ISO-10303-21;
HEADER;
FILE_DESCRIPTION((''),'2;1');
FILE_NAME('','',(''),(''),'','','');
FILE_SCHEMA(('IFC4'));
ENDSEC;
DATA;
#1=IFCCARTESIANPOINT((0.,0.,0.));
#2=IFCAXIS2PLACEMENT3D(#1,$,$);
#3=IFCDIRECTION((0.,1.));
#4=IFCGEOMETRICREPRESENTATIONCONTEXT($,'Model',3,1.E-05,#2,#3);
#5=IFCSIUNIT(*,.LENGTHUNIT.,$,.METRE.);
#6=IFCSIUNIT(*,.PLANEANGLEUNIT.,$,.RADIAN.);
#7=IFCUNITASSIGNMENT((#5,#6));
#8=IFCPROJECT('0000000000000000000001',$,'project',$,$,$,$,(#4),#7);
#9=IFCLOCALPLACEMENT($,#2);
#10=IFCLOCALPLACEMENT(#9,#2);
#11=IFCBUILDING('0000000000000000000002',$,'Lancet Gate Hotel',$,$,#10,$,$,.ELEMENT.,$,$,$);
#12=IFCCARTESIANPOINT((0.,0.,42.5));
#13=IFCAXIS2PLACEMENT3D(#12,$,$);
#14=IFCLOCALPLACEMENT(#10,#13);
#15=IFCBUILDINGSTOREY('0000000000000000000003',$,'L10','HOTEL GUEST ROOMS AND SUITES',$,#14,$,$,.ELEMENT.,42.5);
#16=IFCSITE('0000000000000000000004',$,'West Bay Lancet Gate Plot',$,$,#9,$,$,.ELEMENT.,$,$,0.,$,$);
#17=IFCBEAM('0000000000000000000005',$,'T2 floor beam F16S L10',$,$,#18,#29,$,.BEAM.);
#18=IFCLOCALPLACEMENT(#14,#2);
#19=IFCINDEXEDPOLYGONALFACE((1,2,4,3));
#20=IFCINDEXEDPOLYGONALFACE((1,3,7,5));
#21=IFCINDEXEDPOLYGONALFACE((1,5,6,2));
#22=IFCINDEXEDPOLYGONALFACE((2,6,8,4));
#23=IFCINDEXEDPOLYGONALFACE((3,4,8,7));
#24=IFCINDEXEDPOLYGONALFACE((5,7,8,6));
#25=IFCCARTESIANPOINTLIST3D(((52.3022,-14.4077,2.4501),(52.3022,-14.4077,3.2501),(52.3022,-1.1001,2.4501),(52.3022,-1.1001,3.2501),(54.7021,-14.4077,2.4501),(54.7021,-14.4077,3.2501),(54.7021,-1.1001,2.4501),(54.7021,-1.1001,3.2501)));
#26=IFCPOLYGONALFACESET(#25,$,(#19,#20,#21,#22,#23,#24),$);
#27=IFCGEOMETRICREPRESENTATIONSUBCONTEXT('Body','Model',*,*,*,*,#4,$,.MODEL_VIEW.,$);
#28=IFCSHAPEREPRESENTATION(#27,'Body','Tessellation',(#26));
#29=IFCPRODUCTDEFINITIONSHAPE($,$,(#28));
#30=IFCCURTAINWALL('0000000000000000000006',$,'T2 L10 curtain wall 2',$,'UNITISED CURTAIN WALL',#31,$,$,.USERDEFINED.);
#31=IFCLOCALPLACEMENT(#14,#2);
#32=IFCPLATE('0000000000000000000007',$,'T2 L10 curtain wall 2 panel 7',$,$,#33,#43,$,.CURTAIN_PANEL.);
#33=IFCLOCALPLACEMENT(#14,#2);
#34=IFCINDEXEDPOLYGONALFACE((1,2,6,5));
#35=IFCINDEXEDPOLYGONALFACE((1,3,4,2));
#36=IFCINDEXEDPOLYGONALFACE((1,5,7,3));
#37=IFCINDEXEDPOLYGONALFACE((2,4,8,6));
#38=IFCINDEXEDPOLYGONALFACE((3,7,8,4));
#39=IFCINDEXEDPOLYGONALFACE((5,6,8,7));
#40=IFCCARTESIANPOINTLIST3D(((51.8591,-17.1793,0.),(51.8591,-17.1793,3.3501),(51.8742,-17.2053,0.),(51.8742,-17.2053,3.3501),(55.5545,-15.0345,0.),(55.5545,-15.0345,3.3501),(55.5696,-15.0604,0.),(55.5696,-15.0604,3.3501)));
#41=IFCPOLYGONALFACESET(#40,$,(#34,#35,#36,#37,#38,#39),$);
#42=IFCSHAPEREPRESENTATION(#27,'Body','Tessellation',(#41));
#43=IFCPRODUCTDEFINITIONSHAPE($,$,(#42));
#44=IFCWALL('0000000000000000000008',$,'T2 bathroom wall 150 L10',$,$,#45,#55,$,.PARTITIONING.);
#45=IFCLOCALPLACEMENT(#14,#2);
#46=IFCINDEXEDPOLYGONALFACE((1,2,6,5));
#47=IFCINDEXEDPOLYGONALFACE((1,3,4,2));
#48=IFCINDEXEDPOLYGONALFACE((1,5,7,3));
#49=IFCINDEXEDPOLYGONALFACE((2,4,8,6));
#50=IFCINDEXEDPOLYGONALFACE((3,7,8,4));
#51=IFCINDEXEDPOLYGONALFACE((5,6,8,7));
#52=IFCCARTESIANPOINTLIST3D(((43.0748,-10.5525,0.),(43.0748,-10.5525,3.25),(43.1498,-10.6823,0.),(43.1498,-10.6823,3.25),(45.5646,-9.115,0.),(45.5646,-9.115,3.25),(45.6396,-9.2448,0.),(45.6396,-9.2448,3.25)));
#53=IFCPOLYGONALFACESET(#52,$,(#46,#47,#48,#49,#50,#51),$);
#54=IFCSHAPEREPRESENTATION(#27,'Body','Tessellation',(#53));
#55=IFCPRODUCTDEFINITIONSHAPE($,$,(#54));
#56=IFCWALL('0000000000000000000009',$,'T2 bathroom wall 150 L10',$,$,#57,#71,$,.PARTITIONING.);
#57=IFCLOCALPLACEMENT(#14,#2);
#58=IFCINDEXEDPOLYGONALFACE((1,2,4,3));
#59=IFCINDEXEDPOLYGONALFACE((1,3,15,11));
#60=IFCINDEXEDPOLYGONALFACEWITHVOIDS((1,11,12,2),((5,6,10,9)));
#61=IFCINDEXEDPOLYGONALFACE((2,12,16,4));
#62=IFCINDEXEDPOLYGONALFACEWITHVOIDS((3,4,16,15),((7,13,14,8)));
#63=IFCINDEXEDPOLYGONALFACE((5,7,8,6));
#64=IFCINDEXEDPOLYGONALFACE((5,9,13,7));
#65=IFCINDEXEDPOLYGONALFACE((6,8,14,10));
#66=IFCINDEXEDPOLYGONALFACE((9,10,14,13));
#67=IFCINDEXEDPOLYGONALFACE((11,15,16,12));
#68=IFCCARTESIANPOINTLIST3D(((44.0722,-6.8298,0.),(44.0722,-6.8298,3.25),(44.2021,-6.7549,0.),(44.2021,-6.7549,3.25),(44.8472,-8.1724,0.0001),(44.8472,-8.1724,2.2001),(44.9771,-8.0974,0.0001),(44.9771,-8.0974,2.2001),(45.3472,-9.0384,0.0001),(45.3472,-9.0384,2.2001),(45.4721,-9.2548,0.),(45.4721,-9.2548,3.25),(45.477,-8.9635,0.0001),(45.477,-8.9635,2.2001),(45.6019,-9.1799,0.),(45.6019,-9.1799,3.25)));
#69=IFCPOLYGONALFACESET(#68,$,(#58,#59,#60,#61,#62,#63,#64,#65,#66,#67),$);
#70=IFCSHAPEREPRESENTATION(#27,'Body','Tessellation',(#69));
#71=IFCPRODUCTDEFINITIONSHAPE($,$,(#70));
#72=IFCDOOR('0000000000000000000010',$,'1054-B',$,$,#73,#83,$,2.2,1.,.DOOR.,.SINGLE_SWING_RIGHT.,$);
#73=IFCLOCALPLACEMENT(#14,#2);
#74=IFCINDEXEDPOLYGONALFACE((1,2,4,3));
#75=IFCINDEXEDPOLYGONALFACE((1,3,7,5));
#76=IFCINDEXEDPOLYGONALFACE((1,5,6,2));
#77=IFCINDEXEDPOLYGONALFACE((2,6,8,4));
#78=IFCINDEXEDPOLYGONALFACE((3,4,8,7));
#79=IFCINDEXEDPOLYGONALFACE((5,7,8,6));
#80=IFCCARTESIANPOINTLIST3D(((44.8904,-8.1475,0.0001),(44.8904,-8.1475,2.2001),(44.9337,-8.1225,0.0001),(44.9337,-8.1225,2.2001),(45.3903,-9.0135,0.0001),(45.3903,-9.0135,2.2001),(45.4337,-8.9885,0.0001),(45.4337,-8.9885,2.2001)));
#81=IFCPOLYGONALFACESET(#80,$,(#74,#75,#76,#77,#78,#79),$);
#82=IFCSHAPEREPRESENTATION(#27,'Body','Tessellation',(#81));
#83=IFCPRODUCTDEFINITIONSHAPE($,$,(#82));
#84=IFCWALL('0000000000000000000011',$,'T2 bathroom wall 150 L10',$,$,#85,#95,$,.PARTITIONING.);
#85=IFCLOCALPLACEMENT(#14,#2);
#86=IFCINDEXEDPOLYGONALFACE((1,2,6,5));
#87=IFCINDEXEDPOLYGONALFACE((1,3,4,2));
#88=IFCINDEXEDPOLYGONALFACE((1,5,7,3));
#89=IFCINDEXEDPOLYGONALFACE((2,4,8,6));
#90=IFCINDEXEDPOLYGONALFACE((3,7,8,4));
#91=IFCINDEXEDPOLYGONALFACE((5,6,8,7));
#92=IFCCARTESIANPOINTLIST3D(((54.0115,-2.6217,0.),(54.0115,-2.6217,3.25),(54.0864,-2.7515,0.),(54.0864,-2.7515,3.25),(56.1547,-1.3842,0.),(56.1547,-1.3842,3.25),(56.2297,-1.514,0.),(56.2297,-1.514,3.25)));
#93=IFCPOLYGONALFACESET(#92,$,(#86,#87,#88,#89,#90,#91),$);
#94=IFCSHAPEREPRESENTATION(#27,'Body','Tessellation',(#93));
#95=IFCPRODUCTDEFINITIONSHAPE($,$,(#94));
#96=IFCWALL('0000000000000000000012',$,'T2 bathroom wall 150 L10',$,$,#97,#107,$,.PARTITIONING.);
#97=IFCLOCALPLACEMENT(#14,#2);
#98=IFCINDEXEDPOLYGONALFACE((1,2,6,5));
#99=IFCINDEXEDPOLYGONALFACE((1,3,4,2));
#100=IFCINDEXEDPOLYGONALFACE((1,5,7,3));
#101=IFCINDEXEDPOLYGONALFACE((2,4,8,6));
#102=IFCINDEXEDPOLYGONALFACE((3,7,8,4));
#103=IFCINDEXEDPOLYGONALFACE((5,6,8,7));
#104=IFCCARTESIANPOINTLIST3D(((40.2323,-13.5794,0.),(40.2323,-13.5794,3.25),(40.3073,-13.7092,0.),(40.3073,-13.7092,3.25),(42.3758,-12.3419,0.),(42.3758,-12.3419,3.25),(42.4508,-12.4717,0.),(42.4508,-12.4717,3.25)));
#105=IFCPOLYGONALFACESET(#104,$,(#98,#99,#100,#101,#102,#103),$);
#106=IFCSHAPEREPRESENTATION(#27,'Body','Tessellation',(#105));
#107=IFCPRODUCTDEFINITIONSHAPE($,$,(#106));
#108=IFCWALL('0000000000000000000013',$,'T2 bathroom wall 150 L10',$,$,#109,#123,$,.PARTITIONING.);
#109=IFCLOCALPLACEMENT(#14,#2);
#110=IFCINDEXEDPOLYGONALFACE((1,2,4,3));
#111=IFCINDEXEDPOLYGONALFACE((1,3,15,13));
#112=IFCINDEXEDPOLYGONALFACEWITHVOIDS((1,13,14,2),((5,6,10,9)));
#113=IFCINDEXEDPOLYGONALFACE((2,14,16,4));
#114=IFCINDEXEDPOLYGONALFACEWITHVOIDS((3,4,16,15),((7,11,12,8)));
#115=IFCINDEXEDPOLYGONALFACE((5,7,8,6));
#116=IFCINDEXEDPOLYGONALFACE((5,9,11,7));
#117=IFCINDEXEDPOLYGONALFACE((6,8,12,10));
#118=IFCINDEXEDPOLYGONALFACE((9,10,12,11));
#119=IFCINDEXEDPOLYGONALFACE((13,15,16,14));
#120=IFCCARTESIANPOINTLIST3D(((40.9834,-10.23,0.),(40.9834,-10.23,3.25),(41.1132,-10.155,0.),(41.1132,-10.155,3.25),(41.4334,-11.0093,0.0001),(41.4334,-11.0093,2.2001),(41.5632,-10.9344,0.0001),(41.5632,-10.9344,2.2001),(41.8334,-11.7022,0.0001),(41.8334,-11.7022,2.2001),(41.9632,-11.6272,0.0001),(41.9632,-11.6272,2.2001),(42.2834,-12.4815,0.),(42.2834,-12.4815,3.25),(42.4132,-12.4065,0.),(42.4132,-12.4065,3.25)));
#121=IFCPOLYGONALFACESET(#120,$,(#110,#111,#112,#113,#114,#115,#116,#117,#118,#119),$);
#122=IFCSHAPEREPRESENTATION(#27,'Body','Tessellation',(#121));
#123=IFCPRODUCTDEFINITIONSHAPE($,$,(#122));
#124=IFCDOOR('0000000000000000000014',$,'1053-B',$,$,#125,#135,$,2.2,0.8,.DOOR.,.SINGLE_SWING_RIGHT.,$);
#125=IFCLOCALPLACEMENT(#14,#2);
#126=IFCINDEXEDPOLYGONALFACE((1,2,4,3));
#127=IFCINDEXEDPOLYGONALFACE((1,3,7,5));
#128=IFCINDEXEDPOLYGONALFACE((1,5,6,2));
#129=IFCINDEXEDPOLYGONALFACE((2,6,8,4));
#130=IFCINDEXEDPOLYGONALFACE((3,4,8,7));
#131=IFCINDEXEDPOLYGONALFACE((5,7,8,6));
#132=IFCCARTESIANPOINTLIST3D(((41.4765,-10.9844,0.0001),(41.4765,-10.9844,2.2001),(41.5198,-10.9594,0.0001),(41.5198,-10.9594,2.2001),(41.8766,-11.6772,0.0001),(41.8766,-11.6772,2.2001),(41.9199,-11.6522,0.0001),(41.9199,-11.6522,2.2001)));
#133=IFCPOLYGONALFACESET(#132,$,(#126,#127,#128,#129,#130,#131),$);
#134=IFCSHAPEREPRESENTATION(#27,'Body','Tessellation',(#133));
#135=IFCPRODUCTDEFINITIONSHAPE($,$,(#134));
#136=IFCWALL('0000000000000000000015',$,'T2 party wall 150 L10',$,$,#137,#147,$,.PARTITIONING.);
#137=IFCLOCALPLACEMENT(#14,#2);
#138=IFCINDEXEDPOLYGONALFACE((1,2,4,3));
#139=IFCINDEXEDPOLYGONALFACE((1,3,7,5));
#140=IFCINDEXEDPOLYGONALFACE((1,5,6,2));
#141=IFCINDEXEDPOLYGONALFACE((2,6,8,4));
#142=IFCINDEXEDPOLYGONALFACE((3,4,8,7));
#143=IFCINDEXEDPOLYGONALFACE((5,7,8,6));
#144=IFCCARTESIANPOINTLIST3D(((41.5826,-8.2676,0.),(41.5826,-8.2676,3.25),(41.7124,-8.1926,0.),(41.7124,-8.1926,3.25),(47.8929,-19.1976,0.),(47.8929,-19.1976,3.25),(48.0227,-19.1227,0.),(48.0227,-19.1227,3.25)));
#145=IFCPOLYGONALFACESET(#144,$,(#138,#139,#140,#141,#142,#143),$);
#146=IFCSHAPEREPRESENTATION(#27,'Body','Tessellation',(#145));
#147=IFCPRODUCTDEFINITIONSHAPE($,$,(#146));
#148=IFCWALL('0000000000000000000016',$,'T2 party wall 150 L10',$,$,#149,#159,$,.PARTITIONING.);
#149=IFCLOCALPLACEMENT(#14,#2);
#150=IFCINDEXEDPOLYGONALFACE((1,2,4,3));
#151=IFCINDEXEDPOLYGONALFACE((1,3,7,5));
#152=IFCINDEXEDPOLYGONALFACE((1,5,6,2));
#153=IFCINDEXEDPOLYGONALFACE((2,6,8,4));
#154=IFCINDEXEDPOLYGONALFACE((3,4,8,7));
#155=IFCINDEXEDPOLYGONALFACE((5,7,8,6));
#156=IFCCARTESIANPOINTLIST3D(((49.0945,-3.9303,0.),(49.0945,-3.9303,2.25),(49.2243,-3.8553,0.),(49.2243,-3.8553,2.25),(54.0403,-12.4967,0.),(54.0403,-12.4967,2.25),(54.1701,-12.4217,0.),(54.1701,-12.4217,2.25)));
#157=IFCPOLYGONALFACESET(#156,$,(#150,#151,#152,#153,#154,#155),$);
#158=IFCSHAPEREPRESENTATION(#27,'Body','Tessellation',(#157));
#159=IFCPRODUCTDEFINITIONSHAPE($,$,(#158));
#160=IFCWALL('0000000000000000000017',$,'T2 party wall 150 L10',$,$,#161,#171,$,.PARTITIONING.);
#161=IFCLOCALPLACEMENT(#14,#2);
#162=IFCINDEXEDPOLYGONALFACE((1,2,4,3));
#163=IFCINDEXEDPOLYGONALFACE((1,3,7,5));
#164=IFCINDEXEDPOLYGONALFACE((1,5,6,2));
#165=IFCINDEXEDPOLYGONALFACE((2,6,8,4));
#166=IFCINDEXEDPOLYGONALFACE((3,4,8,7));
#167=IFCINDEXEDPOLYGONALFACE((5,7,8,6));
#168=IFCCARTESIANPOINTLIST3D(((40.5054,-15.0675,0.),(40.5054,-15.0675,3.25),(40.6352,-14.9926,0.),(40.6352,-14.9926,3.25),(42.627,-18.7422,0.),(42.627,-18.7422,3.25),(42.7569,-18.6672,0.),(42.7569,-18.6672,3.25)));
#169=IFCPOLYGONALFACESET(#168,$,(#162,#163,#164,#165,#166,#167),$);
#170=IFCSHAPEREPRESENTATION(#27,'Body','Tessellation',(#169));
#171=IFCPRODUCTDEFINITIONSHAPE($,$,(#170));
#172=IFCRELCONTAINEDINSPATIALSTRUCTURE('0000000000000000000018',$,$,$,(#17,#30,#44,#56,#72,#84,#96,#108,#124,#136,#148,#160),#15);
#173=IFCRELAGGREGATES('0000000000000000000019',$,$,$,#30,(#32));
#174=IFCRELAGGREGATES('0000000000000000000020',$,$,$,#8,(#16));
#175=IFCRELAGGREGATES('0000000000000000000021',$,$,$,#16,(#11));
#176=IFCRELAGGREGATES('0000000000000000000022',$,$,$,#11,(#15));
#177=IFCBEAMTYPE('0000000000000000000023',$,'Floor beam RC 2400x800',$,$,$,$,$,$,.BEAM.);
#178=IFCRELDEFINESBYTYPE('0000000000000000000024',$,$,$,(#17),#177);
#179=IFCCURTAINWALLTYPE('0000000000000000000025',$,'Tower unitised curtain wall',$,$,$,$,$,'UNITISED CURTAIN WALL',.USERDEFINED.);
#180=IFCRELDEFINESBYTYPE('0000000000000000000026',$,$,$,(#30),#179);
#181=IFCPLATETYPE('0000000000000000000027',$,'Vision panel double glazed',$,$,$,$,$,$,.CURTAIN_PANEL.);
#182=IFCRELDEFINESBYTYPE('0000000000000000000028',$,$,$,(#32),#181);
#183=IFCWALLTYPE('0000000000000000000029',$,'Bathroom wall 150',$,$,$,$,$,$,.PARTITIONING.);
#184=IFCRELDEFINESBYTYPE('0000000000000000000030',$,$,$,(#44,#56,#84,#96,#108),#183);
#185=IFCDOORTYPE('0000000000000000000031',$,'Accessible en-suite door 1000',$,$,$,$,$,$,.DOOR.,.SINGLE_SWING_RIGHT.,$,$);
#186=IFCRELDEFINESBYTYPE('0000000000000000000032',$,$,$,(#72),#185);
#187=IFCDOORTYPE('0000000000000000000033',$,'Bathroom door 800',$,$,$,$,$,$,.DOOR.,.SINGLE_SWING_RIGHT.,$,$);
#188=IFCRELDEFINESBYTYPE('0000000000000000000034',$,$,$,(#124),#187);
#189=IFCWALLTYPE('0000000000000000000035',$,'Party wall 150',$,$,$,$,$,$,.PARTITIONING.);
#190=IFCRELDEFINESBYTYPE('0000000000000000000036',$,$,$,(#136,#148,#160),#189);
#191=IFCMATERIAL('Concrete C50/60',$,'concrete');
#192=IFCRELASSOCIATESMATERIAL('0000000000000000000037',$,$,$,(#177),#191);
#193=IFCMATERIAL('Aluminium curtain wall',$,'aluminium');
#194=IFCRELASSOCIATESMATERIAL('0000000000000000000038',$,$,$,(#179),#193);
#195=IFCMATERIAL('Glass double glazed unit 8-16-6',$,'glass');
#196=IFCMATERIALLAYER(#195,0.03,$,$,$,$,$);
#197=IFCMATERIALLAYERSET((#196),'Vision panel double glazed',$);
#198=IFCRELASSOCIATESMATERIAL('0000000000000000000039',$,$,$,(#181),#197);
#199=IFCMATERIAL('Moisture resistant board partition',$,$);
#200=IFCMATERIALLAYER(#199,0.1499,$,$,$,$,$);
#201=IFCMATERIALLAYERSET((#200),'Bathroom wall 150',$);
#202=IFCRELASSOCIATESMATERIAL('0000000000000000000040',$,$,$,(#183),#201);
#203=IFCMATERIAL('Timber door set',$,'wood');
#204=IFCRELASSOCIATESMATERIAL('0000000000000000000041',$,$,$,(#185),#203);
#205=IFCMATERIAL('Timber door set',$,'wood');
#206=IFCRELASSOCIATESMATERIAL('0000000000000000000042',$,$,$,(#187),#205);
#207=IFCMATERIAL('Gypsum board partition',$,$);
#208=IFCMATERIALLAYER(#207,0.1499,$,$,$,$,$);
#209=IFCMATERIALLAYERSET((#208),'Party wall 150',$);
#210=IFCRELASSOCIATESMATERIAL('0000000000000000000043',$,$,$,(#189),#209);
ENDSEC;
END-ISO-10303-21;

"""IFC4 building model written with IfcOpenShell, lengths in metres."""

from ifc_helpers import new_model, si_unit, direction, frame, frame_2d, origin, origin_2d, place, context, subcontext, project, spatial, rectangle, extrude, material, layer, layer_set, material_profile, profile_set, type_object, element, fill, aggregate, save


model = new_model("IFC4")

# Units and contexts
model_context = context("Model", 3, precision=1e-05, world=origin(), true_north=direction((0.0, 1.0)))
body_context = subcontext(model_context, "Body", "Model", "MODEL_VIEW")
ifc_project = project(units=[si_unit("LENGTHUNIT", "METRE"), si_unit("PLANEANGLEUNIT", "RADIAN")], contexts=[model_context])

# Site, building, storey
site_placement = place(None, origin())
site = spatial("IfcSite", under=ifc_project, at=site_placement, Name="West Bay Lancet Gate Plot", CompositionType="ELEMENT", RefElevation=0.0)
building_placement = place(site_placement, origin())
building = spatial("IfcBuilding", under=site, at=building_placement, Name="Lancet Gate Hotel", CompositionType="ELEMENT")
storey_placement = place(building_placement, frame((0.0, 0.0, 42.5)))
storey = spatial("IfcBuildingStorey", under=building, at=storey_placement, Name="L10", Description="HOTEL GUEST ROOMS AND SUITES", CompositionType="ELEMENT", Elevation=42.5)

# Beam
ifc_material_1 = material(Name="Concrete C50/60", Category="concrete")
ifc_material_profile = material_profile(ifc_material_1, rectangle(XDim=2.3999, YDim=0.8, at=origin_2d()), Name="RC 2400x800")
ifc_profile_set = profile_set([ifc_material_profile], Name="Concrete C50/60")
beam_type = type_object("IfcBeamType", Name="Floor beam RC 2400x800", PredefinedType="BEAM", material=ifc_profile_set)
beam_placement = place(storey_placement, frame((53.5022, -14.4077, 2.8501), z_axis=(0.0, 1.0, 0.0), x_axis=(-1.0, 0.0, 0.0)))
element("IfcBeam", 1, at=beam_placement, inside=storey, type_object=beam_type, Name="T2 floor beam F16S L10", PredefinedType="BEAM", context=body_context, shape_type="SweptSolid", body=[
    extrude(rectangle(XDim=2.3999, YDim=0.8, at=origin_2d()), origin(), (0.0, 0.0, 1.0), 13.3076),
])

# Curtain wall, plate
ifc_material_2 = material(Name="Aluminium curtain wall", Category="aluminium")
curtain_wall_type = type_object("IfcCurtainWallType", Name="Tower unitised curtain wall", ElementType="UNITISED CURTAIN WALL", PredefinedType="USERDEFINED", material=ifc_material_2)
curtain_wall_placement = place(storey_placement, origin())
curtain_wall = element("IfcCurtainWall", 2, at=curtain_wall_placement, inside=storey, type_object=curtain_wall_type, Name="T2 L10 curtain wall 2", ObjectType="UNITISED CURTAIN WALL", PredefinedType="USERDEFINED")
ifc_material_3 = material(Name="Glass double glazed unit 8-16-6", Category="glass")
ifc_layer_1 = layer(ifc_material_3, 0.03)
ifc_layer_set_1 = layer_set([ifc_layer_1], Name="Vision panel double glazed")
plate_type = type_object("IfcPlateType", Name="Vision panel double glazed", PredefinedType="CURTAIN_PANEL", material=ifc_layer_set_1)
plate_placement = place(storey_placement, frame((53.7144, -16.1199, 0.0), z_axis=(0.0, 0.0, 1.0), x_axis=(0.864872, 0.501993, 0.0)))
plate = element("IfcPlate", 3, at=plate_placement, type_object=plate_type, Name="T2 L10 curtain wall 2 panel 7", PredefinedType="CURTAIN_PANEL", context=body_context, shape_type="SweptSolid", body=[
    extrude(rectangle(XDim=4.2727, YDim=0.03, at=origin_2d()), origin(), (0.0, 0.0, 1.0), 3.3501),
])
aggregate(curtain_wall, [plate])

# Wall
ifc_material_4 = material(Name="Moisture resistant board partition")
ifc_layer_2 = layer(ifc_material_4, 0.1499)
ifc_layer_set_2 = layer_set([ifc_layer_2], Name="Bathroom wall 150")
wall_type_1 = type_object("IfcWallType", Name="Bathroom wall 150", PredefinedType="PARTITIONING", material=ifc_layer_set_2)
wall_1_placement = place(storey_placement, frame((43.1123, -10.6174, 0.0), z_axis=(0.0, 0.0, 1.0), x_axis=(0.866019, 0.500012, 0.0)))
element("IfcWall", 4, at=wall_1_placement, inside=storey, type_object=wall_type_1, Name="T2 bathroom wall 150 L10", PredefinedType="PARTITIONING", context=body_context, shape_type="SweptSolid", body=[
    extrude(rectangle(XDim=2.875, YDim=0.1499, at=frame_2d((1.4375, 0.0))), origin(), (0.0, 0.0, 1.0), 3.25),
])

# Wall, opening, door
wall_2_placement = place(storey_placement, frame((44.1372, -6.7925, 0.0), z_axis=(0.0, 0.0, 1.0), x_axis=(0.499946, -0.866056, 0.0)))
wall_2 = element("IfcWall", 5, at=wall_2_placement, inside=storey, type_object=wall_type_1, Name="T2 bathroom wall 150 L10", PredefinedType="PARTITIONING", context=body_context, shape_type="SweptSolid", body=[
    extrude(rectangle(XDim=2.8, YDim=0.1499, at=frame_2d((1.3999, 0.0))), origin(), (0.0, 0.0, 1.0), 3.25),
])
opening_1_placement = place(wall_2_placement, frame((1.55, 0.0, 0.0)))
opening_1 = element("IfcOpeningElement", 6, at=opening_1_placement, cuts=wall_2, PredefinedType="OPENING", context=body_context, shape_type="SweptSolid", body=[
    extrude(rectangle(XDim=1.0, YDim=2.2, at=frame_2d((0.5, 1.1001))), frame((0.0, 0.085, 0.0), z_axis=(0.0, -1.0, 0.0), x_axis=(1.0, 0.0, 0.0)), (0.0, 0.0, 1.0), 0.1699),
])
ifc_material_5 = material(Name="Timber door set", Category="wood")
door_type_1 = type_object("IfcDoorType", Name="Accessible en-suite door 1000", OperationType="SINGLE_SWING_RIGHT", PredefinedType="DOOR", material=ifc_material_5)
door_1_placement = place(opening_1_placement, origin())
door_1 = element("IfcDoor", 7, at=door_1_placement, inside=storey, type_object=door_type_1, Name="1054-B", OperationType="SINGLE_SWING_RIGHT", OverallHeight=2.2, OverallWidth=1.0, PredefinedType="DOOR", context=body_context, shape_type="SweptSolid", body=[
    extrude(rectangle(XDim=1.0, YDim=2.2, at=frame_2d((0.5, 1.1001))), frame((0.0, 0.0249, 0.0), z_axis=(0.0, -1.0, 0.0), x_axis=(1.0, 0.0, 0.0)), (0.0, 0.0, 1.0), 0.05),
])
fill(opening_1, door_1)

# Walls
wall_3_placement = place(storey_placement, frame((54.0491, -2.6865, 0.0), z_axis=(0.0, 0.0, 1.0), x_axis=(0.866007, 0.500033, 0.0)))
element("IfcWall", 8, at=wall_3_placement, inside=storey, type_object=wall_type_1, Name="T2 bathroom wall 150 L10", PredefinedType="PARTITIONING", context=body_context, shape_type="SweptSolid", body=[
    extrude(rectangle(XDim=2.4749, YDim=0.1499, at=frame_2d((1.2373, 0.0))), origin(), (0.0, 0.0, 1.0), 3.25),
])
wall_4_placement = place(storey_placement, frame((40.2698, -13.6443, 0.0), z_axis=(0.0, 0.0, 1.0), x_axis=(0.866031, 0.49999, 0.0)))
element("IfcWall", 9, at=wall_4_placement, inside=storey, type_object=wall_type_1, Name="T2 bathroom wall 150 L10", PredefinedType="PARTITIONING", context=body_context, shape_type="SweptSolid", body=[
    extrude(rectangle(XDim=2.4751, YDim=0.1499, at=frame_2d((1.2375, 0.0))), origin(), (0.0, 0.0, 1.0), 3.25),
])

# Wall, opening, door
wall_5_placement = place(storey_placement, frame((41.0483, -10.1926, 0.0), z_axis=(0.0, 0.0, 1.0), x_axis=(0.500048, -0.865998, 0.0)))
wall_5 = element("IfcWall", 10, at=wall_5_placement, inside=storey, type_object=wall_type_1, Name="T2 bathroom wall 150 L10", PredefinedType="PARTITIONING", context=body_context, shape_type="SweptSolid", body=[
    extrude(rectangle(XDim=2.5999, YDim=0.1499, at=frame_2d((1.2998, 0.0))), origin(), (0.0, 0.0, 1.0), 3.25),
])
opening_2_placement = place(wall_5_placement, frame((0.8999, 0.0, 0.0)))
opening_2 = element("IfcOpeningElement", 11, at=opening_2_placement, cuts=wall_5, PredefinedType="OPENING", context=body_context, shape_type="SweptSolid", body=[
    extrude(rectangle(XDim=0.8, YDim=2.2, at=frame_2d((0.3999, 1.1001))), frame((0.0, 0.085, 0.0), z_axis=(0.0, -1.0, 0.0), x_axis=(1.0, 0.0, 0.0)), (0.0, 0.0, 1.0), 0.1699),
])
ifc_material_6 = material(Name="Timber door set", Category="wood")
door_type_2 = type_object("IfcDoorType", Name="Bathroom door 800", OperationType="SINGLE_SWING_RIGHT", PredefinedType="DOOR", material=ifc_material_6)
door_2_placement = place(opening_2_placement, origin())
door_2 = element("IfcDoor", 12, at=door_2_placement, inside=storey, type_object=door_type_2, Name="1053-B", OperationType="SINGLE_SWING_RIGHT", OverallHeight=2.2, OverallWidth=0.8, PredefinedType="DOOR", context=body_context, shape_type="SweptSolid", body=[
    extrude(rectangle(XDim=0.8, YDim=2.2, at=frame_2d((0.3999, 1.1001))), frame((0.0, 0.0249, 0.0), z_axis=(0.0, -1.0, 0.0), x_axis=(1.0, 0.0, 0.0)), (0.0, 0.0, 1.0), 0.05),
])
fill(opening_2, door_2)

# Walls
ifc_material_7 = material(Name="Gypsum board partition")
ifc_layer_3 = layer(ifc_material_7, 0.1499)
ifc_layer_set_3 = layer_set([ifc_layer_3], Name="Party wall 150")
wall_type_2 = type_object("IfcWallType", Name="Party wall 150", PredefinedType="PARTITIONING", material=ifc_layer_set_3)
wall_6_placement = place(storey_placement, frame((41.6475, -8.23, 0.0), z_axis=(0.0, 0.0, 1.0), x_axis=(0.499986, -0.866034, 0.0)))
element("IfcWall", 13, at=wall_6_placement, inside=storey, type_object=wall_type_2, Name="T2 party wall 150 L10", PredefinedType="PARTITIONING", context=body_context, shape_type="SweptSolid", body=[
    extrude(rectangle(XDim=12.6208, YDim=0.1499, at=frame_2d((6.3105, 0.0))), origin(), (0.0, 0.0, 1.0), 3.25),
])
wall_7_placement = place(storey_placement, frame((49.1594, -3.8928, 0.0), z_axis=(0.0, 0.0, 1.0), x_axis=(0.499999, -0.866026, 0.0)))
element("IfcWall", 14, at=wall_7_placement, inside=storey, type_object=wall_type_2, Name="T2 party wall 150 L10", PredefinedType="PARTITIONING", context=body_context, shape_type="SweptSolid", body=[
    extrude(rectangle(XDim=9.8916, YDim=0.1499, at=frame_2d((4.9458, 0.0))), origin(), (0.0, 0.0, 1.0), 2.25),
])
wall_8_placement = place(storey_placement, frame((40.5703, -15.03, 0.0), z_axis=(0.0, 0.0, 1.0), x_axis=(0.500013, -0.866018, 0.0)))
element("IfcWall", 15, at=wall_8_placement, inside=storey, type_object=wall_type_2, Name="T2 party wall 150 L10", PredefinedType="PARTITIONING", context=body_context, shape_type="SweptSolid", body=[
    extrude(rectangle(XDim=4.2432, YDim=0.1499, at=frame_2d((2.1216, 0.0))), origin(), (0.0, 0.0, 1.0), 3.25),
])

save(model, "model.ifc")
